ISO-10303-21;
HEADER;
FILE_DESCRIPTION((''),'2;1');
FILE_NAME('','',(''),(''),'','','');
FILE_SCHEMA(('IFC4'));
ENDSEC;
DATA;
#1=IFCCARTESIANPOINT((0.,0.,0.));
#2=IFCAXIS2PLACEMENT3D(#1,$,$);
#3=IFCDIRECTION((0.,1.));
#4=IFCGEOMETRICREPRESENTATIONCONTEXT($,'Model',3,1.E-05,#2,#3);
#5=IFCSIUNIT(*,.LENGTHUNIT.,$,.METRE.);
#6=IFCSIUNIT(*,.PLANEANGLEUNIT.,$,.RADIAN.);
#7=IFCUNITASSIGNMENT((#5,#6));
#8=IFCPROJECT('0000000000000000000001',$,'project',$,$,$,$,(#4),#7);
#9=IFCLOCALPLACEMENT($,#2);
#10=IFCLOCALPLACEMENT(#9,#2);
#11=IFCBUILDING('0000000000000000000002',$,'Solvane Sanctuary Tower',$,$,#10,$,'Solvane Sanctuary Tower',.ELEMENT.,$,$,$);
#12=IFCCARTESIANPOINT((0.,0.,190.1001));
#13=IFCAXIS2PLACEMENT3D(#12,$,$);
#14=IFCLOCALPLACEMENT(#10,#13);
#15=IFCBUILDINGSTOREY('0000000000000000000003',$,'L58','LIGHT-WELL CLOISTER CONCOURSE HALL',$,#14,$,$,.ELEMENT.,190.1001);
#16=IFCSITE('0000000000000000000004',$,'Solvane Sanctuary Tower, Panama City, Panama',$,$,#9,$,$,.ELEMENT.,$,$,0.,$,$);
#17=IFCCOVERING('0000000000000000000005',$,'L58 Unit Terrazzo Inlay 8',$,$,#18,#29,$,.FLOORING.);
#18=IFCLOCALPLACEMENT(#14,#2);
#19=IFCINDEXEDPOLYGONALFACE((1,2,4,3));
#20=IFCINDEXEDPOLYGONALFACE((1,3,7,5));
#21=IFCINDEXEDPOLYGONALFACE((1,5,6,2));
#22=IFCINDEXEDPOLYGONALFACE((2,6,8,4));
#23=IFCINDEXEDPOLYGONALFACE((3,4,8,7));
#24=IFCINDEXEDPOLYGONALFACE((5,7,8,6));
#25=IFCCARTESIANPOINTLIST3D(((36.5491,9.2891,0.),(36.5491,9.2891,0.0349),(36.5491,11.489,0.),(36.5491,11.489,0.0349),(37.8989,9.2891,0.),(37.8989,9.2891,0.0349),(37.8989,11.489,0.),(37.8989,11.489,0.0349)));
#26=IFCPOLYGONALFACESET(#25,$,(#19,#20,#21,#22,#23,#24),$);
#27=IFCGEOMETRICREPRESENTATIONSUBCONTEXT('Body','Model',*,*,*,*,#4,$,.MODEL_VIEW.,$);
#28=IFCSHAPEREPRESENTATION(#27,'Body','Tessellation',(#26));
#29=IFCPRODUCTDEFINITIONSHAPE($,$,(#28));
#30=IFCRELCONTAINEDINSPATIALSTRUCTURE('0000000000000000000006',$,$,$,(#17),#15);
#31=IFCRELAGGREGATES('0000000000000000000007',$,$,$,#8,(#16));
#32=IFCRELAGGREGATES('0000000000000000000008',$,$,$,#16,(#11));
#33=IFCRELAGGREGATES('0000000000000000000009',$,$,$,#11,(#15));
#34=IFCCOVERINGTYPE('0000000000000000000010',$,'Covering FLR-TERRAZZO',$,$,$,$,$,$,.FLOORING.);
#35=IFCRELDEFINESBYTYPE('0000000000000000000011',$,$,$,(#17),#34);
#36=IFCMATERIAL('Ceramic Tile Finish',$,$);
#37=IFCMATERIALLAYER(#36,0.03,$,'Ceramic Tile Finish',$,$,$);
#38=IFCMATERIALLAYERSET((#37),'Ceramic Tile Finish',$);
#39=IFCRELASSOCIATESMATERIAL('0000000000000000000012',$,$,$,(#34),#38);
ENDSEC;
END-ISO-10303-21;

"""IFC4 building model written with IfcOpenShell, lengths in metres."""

from ifc_helpers import new_model, si_unit, direction, frame, origin, place, context, subcontext, project, spatial, polyline, outline, extrude, material, layer, layer_set, type_object, element, save


model = new_model("IFC4")

# Units and contexts
model_context = context("Model", 3, precision=1e-05, world=origin(), true_north=direction((0.0, 1.0)))
body_context = subcontext(model_context, "Body", "Model", "MODEL_VIEW")
ifc_project = project(units=[si_unit("LENGTHUNIT", "METRE"), si_unit("PLANEANGLEUNIT", "RADIAN")], contexts=[model_context])

# Site, building, storey
site_placement = place(None, origin())
site = spatial("IfcSite", under=ifc_project, at=site_placement, Name="Solvane Sanctuary Tower, Panama City, Panama", CompositionType="ELEMENT", RefElevation=0.0)
building_placement = place(site_placement, origin())
building = spatial("IfcBuilding", under=site, at=building_placement, Name="Solvane Sanctuary Tower", LongName="Solvane Sanctuary Tower", CompositionType="ELEMENT")
storey_placement = place(building_placement, frame((0.0, 0.0, 190.1001)))
storey = spatial("IfcBuildingStorey", under=building, at=storey_placement, Name="L58", Description="LIGHT-WELL CLOISTER CONCOURSE HALL", CompositionType="ELEMENT", Elevation=190.1001)

# Covering
ifc_material_1 = material(Name="Ceramic Tile Finish")
ifc_layer_1 = layer(ifc_material_1, 0.03, Name="Ceramic Tile Finish")
ifc_layer_set_1 = layer_set([ifc_layer_1], Name="Ceramic Tile Finish")
covering_type_1 = type_object("IfcCoveringType", Name="Covering FLR-TERRAZZO", PredefinedType="FLOORING", material=ifc_layer_set_1)
covering_1_placement = place(storey_placement, origin())
element("IfcCovering", 1, at=covering_1_placement, inside=storey, type_object=covering_type_1, Name="L58 Unit Terrazzo Inlay 8", PredefinedType="FLOORING", context=body_context, shape_type="SweptSolid", body=[
    extrude(outline(polyline([(36.5491, 9.2891), (37.8989, 9.2891), (37.8989, 11.489), (36.5491, 11.489), (36.5491, 9.2891)])), origin(), (0.0, 0.0, 1.0), 0.0349),
])

save(model, "model.ifc")
